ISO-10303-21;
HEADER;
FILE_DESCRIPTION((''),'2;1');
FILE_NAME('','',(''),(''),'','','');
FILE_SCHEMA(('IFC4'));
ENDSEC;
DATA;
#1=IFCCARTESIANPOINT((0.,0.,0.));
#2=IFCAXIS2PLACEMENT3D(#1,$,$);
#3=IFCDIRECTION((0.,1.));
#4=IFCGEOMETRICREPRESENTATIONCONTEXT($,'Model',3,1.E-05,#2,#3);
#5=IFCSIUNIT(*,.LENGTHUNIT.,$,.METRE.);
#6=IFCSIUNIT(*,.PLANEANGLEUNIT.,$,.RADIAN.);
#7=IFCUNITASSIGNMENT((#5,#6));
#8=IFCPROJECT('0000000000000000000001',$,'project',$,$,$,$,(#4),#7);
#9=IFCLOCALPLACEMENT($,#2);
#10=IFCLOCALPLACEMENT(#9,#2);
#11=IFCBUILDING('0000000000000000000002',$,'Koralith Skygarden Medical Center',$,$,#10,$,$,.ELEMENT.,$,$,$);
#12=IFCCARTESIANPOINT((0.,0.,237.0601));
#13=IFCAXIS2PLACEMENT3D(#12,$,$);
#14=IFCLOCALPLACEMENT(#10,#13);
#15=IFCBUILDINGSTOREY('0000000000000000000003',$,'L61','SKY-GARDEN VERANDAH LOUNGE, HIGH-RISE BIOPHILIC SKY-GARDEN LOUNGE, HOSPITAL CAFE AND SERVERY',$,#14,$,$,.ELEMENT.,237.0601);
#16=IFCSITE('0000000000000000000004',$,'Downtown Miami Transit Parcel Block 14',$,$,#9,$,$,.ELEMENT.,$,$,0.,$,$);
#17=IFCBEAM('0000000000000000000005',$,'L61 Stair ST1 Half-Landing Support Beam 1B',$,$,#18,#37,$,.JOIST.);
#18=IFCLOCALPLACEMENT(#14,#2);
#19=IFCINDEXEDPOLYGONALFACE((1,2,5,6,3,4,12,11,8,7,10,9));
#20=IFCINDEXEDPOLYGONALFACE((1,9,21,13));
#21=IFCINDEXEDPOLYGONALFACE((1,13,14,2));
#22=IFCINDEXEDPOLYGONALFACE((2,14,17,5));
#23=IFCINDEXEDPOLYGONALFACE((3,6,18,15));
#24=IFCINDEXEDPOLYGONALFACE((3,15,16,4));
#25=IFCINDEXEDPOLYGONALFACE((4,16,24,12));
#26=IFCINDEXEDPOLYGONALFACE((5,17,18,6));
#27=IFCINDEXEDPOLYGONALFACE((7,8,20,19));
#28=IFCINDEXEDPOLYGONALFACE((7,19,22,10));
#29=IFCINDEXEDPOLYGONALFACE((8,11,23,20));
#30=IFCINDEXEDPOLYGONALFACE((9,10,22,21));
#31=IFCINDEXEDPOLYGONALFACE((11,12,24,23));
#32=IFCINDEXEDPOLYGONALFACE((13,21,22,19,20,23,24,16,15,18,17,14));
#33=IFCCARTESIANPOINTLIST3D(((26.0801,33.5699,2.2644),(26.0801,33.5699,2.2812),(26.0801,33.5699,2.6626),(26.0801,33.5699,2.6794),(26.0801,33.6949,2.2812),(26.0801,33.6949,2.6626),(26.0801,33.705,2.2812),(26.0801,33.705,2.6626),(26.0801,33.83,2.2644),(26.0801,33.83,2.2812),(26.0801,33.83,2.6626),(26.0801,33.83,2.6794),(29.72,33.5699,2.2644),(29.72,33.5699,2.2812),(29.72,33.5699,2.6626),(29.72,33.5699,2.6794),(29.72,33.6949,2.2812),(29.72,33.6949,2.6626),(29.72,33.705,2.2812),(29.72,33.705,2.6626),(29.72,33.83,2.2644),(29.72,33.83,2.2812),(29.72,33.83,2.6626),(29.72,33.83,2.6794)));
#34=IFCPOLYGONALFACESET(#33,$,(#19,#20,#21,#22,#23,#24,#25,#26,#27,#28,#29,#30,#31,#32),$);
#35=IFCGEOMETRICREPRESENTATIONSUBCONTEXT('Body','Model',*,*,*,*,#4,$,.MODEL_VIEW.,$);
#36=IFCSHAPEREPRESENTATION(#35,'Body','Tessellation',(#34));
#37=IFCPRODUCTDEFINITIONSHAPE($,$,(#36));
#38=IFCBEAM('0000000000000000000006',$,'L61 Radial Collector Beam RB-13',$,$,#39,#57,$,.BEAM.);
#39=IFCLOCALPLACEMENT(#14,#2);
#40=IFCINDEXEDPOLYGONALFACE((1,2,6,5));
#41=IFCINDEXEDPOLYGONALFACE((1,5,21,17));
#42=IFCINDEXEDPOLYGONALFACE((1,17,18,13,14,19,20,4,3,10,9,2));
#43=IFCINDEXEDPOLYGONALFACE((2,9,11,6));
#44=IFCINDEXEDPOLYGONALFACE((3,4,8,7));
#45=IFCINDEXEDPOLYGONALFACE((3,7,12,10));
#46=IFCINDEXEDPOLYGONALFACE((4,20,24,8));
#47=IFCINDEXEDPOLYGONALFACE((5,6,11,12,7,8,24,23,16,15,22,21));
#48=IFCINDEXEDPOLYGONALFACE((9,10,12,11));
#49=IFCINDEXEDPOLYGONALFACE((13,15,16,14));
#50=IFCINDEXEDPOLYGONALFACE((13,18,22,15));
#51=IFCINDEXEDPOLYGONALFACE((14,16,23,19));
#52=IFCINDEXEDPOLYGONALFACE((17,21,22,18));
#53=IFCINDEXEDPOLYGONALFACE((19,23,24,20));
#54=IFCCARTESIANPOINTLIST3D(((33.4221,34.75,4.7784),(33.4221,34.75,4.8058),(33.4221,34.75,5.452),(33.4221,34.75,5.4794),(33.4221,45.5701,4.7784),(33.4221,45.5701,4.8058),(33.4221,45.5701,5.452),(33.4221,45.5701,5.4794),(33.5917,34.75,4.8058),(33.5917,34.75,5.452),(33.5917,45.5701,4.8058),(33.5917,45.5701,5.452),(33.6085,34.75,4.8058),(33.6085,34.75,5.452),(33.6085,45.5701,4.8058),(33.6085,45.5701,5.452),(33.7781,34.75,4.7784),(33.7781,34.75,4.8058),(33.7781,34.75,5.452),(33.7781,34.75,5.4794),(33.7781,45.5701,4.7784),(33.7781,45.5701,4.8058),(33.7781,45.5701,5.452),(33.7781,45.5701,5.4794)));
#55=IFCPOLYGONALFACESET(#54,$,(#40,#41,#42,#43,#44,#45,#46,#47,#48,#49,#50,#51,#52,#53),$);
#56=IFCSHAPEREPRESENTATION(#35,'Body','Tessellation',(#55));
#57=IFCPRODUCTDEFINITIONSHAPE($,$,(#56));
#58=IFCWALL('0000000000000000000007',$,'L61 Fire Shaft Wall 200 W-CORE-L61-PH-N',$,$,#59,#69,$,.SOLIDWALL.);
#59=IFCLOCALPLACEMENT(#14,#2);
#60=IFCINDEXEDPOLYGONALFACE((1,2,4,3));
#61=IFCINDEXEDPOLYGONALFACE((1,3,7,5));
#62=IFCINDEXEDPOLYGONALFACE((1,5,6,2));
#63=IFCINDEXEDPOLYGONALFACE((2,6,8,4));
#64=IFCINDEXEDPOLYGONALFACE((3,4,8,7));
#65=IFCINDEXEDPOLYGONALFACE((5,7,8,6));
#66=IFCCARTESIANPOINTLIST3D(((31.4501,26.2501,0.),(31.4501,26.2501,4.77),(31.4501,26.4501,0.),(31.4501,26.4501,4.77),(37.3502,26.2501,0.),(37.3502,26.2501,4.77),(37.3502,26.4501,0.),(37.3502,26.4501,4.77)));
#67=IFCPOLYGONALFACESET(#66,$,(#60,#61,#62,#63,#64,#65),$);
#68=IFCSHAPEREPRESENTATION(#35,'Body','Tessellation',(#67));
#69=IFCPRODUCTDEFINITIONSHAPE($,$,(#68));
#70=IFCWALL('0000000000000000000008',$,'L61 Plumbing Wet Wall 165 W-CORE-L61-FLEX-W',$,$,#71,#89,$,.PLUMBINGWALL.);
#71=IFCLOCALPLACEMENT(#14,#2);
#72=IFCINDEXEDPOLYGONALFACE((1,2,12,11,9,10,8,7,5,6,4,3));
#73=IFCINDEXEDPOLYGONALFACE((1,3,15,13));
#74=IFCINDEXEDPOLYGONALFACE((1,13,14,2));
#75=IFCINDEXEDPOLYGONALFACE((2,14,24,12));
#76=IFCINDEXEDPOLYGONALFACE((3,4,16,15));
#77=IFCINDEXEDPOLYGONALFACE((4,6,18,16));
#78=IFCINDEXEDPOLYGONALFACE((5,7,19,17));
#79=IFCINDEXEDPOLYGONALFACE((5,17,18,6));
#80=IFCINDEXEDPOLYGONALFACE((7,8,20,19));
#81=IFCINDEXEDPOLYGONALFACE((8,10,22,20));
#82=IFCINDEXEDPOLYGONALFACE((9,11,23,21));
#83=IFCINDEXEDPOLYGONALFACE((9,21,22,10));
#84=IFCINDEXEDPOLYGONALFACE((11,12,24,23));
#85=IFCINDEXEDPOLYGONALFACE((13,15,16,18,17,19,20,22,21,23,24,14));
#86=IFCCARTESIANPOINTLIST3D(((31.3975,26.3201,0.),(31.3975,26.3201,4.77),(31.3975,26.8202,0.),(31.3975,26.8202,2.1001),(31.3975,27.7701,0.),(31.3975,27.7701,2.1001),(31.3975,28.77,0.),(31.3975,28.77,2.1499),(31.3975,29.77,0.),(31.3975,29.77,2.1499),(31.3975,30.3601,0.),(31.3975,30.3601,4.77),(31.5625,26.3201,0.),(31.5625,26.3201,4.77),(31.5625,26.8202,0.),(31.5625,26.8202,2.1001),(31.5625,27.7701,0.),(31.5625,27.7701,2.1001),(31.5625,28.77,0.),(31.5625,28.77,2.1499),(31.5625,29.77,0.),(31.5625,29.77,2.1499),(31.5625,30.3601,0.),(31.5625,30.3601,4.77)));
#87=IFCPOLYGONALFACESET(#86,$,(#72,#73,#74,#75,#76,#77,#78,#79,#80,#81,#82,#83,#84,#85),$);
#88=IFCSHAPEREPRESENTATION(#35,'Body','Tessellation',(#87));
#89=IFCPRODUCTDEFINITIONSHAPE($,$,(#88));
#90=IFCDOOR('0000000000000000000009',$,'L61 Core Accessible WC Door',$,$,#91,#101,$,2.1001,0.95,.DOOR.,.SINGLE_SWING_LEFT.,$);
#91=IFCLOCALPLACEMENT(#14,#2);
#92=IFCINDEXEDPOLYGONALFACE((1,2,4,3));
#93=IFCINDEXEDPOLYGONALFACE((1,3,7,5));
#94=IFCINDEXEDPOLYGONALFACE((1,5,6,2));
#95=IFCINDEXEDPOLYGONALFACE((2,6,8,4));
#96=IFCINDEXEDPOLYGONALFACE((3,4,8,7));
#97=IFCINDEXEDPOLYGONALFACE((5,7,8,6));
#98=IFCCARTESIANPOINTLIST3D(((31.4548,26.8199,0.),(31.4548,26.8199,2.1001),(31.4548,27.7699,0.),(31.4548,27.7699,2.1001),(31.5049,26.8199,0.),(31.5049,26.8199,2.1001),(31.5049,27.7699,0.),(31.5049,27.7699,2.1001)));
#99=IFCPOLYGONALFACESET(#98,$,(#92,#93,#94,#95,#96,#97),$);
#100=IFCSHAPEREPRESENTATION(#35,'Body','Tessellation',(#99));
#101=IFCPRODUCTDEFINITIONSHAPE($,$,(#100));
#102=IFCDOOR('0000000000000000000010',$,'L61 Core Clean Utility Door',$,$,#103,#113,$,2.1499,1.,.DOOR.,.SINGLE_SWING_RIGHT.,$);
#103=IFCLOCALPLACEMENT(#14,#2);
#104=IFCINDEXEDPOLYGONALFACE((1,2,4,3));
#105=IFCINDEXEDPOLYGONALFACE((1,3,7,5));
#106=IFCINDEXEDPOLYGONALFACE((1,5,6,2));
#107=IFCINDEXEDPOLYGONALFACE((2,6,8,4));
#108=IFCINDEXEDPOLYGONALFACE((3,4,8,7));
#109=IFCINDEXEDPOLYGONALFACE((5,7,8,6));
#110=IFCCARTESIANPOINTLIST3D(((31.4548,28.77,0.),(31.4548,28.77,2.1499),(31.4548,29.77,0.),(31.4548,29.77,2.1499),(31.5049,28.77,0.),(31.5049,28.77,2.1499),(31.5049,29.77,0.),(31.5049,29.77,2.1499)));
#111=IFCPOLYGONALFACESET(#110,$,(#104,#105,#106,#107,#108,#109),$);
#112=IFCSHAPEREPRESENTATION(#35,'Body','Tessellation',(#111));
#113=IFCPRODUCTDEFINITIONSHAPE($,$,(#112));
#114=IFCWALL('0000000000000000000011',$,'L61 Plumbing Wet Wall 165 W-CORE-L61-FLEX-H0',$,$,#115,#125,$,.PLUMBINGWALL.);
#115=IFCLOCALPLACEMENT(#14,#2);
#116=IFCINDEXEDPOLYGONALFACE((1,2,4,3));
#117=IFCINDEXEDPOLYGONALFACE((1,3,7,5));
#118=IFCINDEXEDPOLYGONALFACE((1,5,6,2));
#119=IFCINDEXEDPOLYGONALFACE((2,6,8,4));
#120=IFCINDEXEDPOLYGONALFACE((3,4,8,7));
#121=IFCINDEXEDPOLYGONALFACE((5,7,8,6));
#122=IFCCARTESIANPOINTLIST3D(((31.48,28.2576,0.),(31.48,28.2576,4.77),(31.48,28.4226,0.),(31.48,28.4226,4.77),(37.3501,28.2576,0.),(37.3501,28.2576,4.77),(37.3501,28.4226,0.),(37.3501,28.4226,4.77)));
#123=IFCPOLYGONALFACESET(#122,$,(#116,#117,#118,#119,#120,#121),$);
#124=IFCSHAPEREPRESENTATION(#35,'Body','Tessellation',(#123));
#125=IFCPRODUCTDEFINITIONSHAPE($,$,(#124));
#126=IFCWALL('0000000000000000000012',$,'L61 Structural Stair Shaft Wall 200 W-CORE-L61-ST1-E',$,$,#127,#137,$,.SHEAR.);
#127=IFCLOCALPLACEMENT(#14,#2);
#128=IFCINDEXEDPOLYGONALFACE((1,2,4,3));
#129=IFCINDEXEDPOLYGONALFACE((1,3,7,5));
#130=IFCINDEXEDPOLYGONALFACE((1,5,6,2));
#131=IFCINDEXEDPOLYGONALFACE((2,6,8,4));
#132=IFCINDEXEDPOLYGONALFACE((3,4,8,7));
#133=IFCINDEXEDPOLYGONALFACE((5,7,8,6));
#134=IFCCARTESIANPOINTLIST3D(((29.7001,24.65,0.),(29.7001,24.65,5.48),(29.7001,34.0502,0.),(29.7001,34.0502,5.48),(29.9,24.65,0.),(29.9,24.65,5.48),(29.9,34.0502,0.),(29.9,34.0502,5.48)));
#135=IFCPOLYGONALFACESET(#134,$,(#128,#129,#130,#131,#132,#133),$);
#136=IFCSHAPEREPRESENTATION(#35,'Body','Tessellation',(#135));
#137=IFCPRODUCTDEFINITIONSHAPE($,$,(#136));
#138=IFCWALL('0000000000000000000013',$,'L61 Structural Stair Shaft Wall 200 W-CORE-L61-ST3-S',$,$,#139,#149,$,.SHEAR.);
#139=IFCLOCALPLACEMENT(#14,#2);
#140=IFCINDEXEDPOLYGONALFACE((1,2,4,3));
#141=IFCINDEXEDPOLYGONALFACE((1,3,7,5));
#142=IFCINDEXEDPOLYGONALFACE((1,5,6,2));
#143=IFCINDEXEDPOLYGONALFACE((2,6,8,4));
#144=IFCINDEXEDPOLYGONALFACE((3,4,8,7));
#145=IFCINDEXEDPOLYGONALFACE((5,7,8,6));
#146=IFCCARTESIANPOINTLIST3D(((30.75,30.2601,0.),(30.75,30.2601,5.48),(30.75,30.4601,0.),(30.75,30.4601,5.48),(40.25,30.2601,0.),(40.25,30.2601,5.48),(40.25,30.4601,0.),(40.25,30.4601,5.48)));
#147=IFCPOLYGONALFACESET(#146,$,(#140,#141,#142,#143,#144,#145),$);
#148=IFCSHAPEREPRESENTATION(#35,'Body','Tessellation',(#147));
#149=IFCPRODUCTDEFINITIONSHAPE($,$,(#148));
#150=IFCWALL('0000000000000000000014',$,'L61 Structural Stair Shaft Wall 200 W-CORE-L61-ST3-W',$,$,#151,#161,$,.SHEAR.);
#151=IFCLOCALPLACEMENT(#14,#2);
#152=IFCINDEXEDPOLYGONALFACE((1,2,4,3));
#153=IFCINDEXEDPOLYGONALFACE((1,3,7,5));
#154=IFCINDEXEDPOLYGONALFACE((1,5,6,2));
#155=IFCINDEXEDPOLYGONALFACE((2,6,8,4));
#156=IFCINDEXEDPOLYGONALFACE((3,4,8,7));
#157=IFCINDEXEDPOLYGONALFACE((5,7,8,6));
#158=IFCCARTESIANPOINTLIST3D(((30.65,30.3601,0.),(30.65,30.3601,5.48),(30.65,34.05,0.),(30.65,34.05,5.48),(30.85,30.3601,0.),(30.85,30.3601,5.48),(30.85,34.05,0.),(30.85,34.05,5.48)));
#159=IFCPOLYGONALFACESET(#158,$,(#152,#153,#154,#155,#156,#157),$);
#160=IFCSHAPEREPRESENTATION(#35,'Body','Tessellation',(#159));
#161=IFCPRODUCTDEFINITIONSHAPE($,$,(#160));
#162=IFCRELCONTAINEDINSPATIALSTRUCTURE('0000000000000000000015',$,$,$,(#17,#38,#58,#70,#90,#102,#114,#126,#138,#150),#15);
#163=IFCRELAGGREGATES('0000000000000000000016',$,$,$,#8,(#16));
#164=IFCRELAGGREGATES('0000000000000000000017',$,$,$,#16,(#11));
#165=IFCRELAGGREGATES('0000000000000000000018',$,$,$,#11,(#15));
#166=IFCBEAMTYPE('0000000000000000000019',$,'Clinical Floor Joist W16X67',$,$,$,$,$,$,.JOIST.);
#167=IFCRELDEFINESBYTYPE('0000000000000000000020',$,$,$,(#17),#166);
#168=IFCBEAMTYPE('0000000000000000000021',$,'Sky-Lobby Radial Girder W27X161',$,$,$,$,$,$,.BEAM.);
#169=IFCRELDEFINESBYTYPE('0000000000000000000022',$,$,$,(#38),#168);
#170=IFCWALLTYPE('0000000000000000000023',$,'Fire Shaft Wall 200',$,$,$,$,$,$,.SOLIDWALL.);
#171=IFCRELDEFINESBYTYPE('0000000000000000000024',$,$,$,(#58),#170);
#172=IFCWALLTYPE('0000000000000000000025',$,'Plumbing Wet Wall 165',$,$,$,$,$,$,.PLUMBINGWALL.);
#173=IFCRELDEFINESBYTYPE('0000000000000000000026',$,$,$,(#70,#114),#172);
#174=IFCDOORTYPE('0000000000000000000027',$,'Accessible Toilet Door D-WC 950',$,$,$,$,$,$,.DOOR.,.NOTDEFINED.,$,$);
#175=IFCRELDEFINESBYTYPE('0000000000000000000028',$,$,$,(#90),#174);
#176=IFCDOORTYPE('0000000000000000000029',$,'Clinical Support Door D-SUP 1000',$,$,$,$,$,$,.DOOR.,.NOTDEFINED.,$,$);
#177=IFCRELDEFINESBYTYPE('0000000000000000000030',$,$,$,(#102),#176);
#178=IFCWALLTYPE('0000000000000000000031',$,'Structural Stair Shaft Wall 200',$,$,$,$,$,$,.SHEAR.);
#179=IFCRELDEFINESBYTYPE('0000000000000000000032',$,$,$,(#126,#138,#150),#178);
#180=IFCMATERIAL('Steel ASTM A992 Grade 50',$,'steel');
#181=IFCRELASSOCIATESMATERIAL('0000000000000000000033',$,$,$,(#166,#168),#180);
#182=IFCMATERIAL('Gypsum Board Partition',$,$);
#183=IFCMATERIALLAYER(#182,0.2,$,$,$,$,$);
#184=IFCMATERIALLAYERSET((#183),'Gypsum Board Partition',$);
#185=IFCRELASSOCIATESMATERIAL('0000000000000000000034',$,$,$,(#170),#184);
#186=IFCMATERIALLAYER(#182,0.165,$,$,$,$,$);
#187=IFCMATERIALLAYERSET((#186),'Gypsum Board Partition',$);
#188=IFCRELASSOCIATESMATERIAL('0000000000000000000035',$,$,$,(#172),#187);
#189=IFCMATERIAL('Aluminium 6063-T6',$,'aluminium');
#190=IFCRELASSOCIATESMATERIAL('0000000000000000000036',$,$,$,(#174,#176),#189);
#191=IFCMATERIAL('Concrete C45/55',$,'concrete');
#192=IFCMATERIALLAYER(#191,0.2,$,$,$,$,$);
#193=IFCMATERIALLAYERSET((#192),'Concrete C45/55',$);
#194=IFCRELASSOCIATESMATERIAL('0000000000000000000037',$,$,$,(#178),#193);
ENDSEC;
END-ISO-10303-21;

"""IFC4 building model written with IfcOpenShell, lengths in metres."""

from ifc_helpers import new_model, si_unit, direction, frame, frame_2d, origin, origin_2d, place, context, subcontext, project, spatial, rectangle, i_section, extrude, material, layer, layer_set, material_profile, profile_set, type_object, element, fill, save


model = new_model("IFC4")

# Units and contexts
model_context = context("Model", 3, precision=1e-05, world=origin(), true_north=direction((0.0, 1.0)))
body_context = subcontext(model_context, "Body", "Model", "MODEL_VIEW")
ifc_project = project(units=[si_unit("LENGTHUNIT", "METRE"), si_unit("PLANEANGLEUNIT", "RADIAN")], contexts=[model_context])

# Site, building, storey
site_placement = place(None, origin())
site = spatial("IfcSite", under=ifc_project, at=site_placement, Name="Downtown Miami Transit Parcel Block 14", CompositionType="ELEMENT", RefElevation=0.0)
building_placement = place(site_placement, origin())
building = spatial("IfcBuilding", under=site, at=building_placement, Name="Koralith Skygarden Medical Center", CompositionType="ELEMENT")
storey_placement = place(building_placement, frame((0.0, 0.0, 237.0601)))
storey = spatial("IfcBuildingStorey", under=building, at=storey_placement, Name="L61", Description="SKY-GARDEN VERANDAH LOUNGE, HIGH-RISE BIOPHILIC SKY-GARDEN LOUNGE, HOSPITAL CAFE AND SERVERY", CompositionType="ELEMENT", Elevation=237.0601)

# Beams
ifc_material_1 = material(Name="Steel ASTM A992 Grade 50", Category="steel")
ifc_material_profile_1 = material_profile(ifc_material_1, i_section(OverallWidth=0.26, OverallDepth=0.415, WebThickness=0.01, FlangeThickness=0.0168, at=origin_2d()), Name="W16X67")
ifc_profile_set_1 = profile_set([ifc_material_profile_1], Name="Steel ASTM A992 Grade 50")
beam_type_1 = type_object("IfcBeamType", Name="Clinical Floor Joist W16X67", PredefinedType="JOIST", material=ifc_profile_set_1)
beam_1_placement = place(storey_placement, frame((26.0801, 33.7, 2.4719), z_axis=(1.0, 0.0, 0.0), x_axis=(0.0, 1.0, 0.0)))
element("IfcBeam", 1, at=beam_1_placement, inside=storey, type_object=beam_type_1, Name="L61 Stair ST1 Half-Landing Support Beam 1B", PredefinedType="JOIST", context=body_context, shape_type="SweptSolid", body=[
    extrude(i_section(OverallWidth=0.26, OverallDepth=0.415, WebThickness=0.01, FlangeThickness=0.0168, at=origin_2d()), origin(), (0.0, 0.0, 1.0), 3.6399),
])
ifc_material_profile_2 = material_profile(ifc_material_1, i_section(OverallWidth=0.356, OverallDepth=0.7009, WebThickness=0.0168, FlangeThickness=0.0273, at=origin_2d()), Name="W27X161")
ifc_profile_set_2 = profile_set([ifc_material_profile_2], Name="Steel ASTM A992 Grade 50")
beam_type_2 = type_object("IfcBeamType", Name="Sky-Lobby Radial Girder W27X161", PredefinedType="BEAM", material=ifc_profile_set_2)
beam_2_placement = place(storey_placement, frame((33.6001, 34.75, 5.1289), z_axis=(0.0, 1.0, 0.0), x_axis=(-1.0, 0.0, 0.0)))
element("IfcBeam", 2, at=beam_2_placement, inside=storey, type_object=beam_type_2, Name="L61 Radial Collector Beam RB-13", PredefinedType="BEAM", context=body_context, shape_type="SweptSolid", body=[
    extrude(i_section(OverallWidth=0.356, OverallDepth=0.7009, WebThickness=0.0168, FlangeThickness=0.0273, at=origin_2d()), origin(), (0.0, 0.0, 1.0), 10.8201),
])

# Wall
ifc_material_2 = material(Name="Gypsum Board Partition")
ifc_layer_1 = layer(ifc_material_2, 0.2)
ifc_layer_set_1 = layer_set([ifc_layer_1], Name="Gypsum Board Partition")
wall_type_1 = type_object("IfcWallType", Name="Fire Shaft Wall 200", PredefinedType="SOLIDWALL", material=ifc_layer_set_1)
wall_1_placement = place(storey_placement, frame((31.45, 26.3501, 0.0), z_axis=(0.0, 0.0, 1.0), x_axis=(1.0, 0.0, 0.0)))
element("IfcWall", 3, at=wall_1_placement, inside=storey, type_object=wall_type_1, Name="L61 Fire Shaft Wall 200 W-CORE-L61-PH-N", PredefinedType="SOLIDWALL", context=body_context, shape_type="SweptSolid", body=[
    extrude(rectangle(XDim=5.9001, YDim=0.2, at=frame_2d((2.9502, 0.0))), origin(), (0.0, 0.0, 1.0), 4.77),
])

# Wall, openings, doors
ifc_layer_2 = layer(ifc_material_2, 0.165)
ifc_layer_set_2 = layer_set([ifc_layer_2], Name="Gypsum Board Partition")
wall_type_2 = type_object("IfcWallType", Name="Plumbing Wet Wall 165", PredefinedType="PLUMBINGWALL", material=ifc_layer_set_2)
wall_2_placement = place(storey_placement, frame((31.48, 26.3201, 0.0), z_axis=(0.0, 0.0, 1.0), x_axis=(0.0, 1.0, 0.0)))
wall_2 = element("IfcWall", 4, at=wall_2_placement, inside=storey, type_object=wall_type_2, Name="L61 Plumbing Wet Wall 165 W-CORE-L61-FLEX-W", PredefinedType="PLUMBINGWALL", context=body_context, shape_type="SweptSolid", body=[
    extrude(rectangle(XDim=4.04, YDim=0.165, at=frame_2d((2.02, 0.0))), origin(), (0.0, 0.0, 1.0), 4.77),
])
opening_1_placement = place(wall_2_placement, frame((0.5, 0.0, 0.0)))
opening_1 = element("IfcOpeningElement", 5, at=opening_1_placement, cuts=wall_2, PredefinedType="OPENING", context=body_context, shape_type="SweptSolid", body=[
    extrude(rectangle(XDim=0.95, YDim=2.1001, at=frame_2d((0.4751, 1.05))), frame((0.0, 0.0925, 0.0), z_axis=(0.0, -1.0, 0.0), x_axis=(1.0, 0.0, 0.0)), (0.0, 0.0, 1.0), 0.1851),
])
opening_2_placement = place(wall_2_placement, frame((2.45, 0.0, 0.0)))
opening_2 = element("IfcOpeningElement", 6, at=opening_2_placement, cuts=wall_2, PredefinedType="OPENING", context=body_context, shape_type="SweptSolid", body=[
    extrude(rectangle(XDim=1.0, YDim=2.1499, at=frame_2d((0.5, 1.075))), frame((0.0, 0.0925, 0.0), z_axis=(0.0, -1.0, 0.0), x_axis=(1.0, 0.0, 0.0)), (0.0, 0.0, 1.0), 0.1851),
])
ifc_material_3 = material(Name="Aluminium 6063-T6", Category="aluminium")
door_type_1 = type_object("IfcDoorType", Name="Accessible Toilet Door D-WC 950", OperationType="NOTDEFINED", PredefinedType="DOOR", material=ifc_material_3)
door_1_placement = place(opening_1_placement, frame((0.95, 0.0, 0.0), z_axis=(0.0, 0.0, 1.0), x_axis=(-1.0, 0.0, 0.0)))
door_1 = element("IfcDoor", 7, at=door_1_placement, inside=storey, type_object=door_type_1, Name="L61 Core Accessible WC Door", OperationType="SINGLE_SWING_LEFT", OverallHeight=2.1001, OverallWidth=0.95, PredefinedType="DOOR", context=body_context, shape_type="SweptSolid", body=[
    extrude(rectangle(XDim=0.95, YDim=2.1001, at=frame_2d((0.4751, 1.05))), frame((0.0, 0.0249, 0.0), z_axis=(0.0, -1.0, 0.0), x_axis=(1.0, 0.0, 0.0)), (0.0, 0.0, 1.0), 0.05),
])
fill(opening_1, door_1)
door_type_2 = type_object("IfcDoorType", Name="Clinical Support Door D-SUP 1000", OperationType="NOTDEFINED", PredefinedType="DOOR", material=ifc_material_3)
door_2_placement = place(opening_2_placement, frame((1.0, 0.0, 0.0), z_axis=(0.0, 0.0, 1.0), x_axis=(-1.0, 0.0, 0.0)))
door_2 = element("IfcDoor", 8, at=door_2_placement, inside=storey, type_object=door_type_2, Name="L61 Core Clean Utility Door", OperationType="SINGLE_SWING_RIGHT", OverallHeight=2.1499, OverallWidth=1.0, PredefinedType="DOOR", context=body_context, shape_type="SweptSolid", body=[
    extrude(rectangle(XDim=1.0, YDim=2.1499, at=frame_2d((0.5, 1.075))), frame((0.0, 0.0249, 0.0), z_axis=(0.0, -1.0, 0.0), x_axis=(1.0, 0.0, 0.0)), (0.0, 0.0, 1.0), 0.05),
])
fill(opening_2, door_2)

# Walls
wall_3_placement = place(storey_placement, frame((31.48, 28.3401, 0.0), z_axis=(0.0, 0.0, 1.0), x_axis=(1.0, 0.0, 0.0)))
element("IfcWall", 9, at=wall_3_placement, inside=storey, type_object=wall_type_2, Name="L61 Plumbing Wet Wall 165 W-CORE-L61-FLEX-H0", PredefinedType="PLUMBINGWALL", context=body_context, shape_type="SweptSolid", body=[
    extrude(rectangle(XDim=5.8701, YDim=0.165, at=frame_2d((2.9351, 0.0))), origin(), (0.0, 0.0, 1.0), 4.77),
])
ifc_material_4 = material(Name="Concrete C45/55", Category="concrete")
ifc_layer_3 = layer(ifc_material_4, 0.2)
ifc_layer_set_3 = layer_set([ifc_layer_3], Name="Concrete C45/55")
wall_type_3 = type_object("IfcWallType", Name="Structural Stair Shaft Wall 200", PredefinedType="SHEAR", material=ifc_layer_set_3)
wall_4_placement = place(storey_placement, frame((29.8, 24.6499, 0.0), z_axis=(0.0, 0.0, 1.0), x_axis=(0.0, 1.0, 0.0)))
element("IfcWall", 10, at=wall_4_placement, inside=storey, type_object=wall_type_3, Name="L61 Structural Stair Shaft Wall 200 W-CORE-L61-ST1-E", PredefinedType="SHEAR", context=body_context, shape_type="SweptSolid", body=[
    extrude(rectangle(XDim=9.4001, YDim=0.2, at=frame_2d((4.7002, 0.0))), origin(), (0.0, 0.0, 1.0), 5.48),
])

# Walls
wall_5_placement = place(storey_placement, frame((30.75, 30.3601, 0.0), z_axis=(0.0, 0.0, 1.0), x_axis=(1.0, 0.0, 0.0)))
element("IfcWall", 11, at=wall_5_placement, inside=storey, type_object=wall_type_3, Name="L61 Structural Stair Shaft Wall 200 W-CORE-L61-ST3-S", PredefinedType="SHEAR", context=body_context, shape_type="SweptSolid", body=[
    extrude(rectangle(XDim=9.5, YDim=0.2, at=frame_2d((4.75, 0.0))), origin(), (0.0, 0.0, 1.0), 5.48),
])
wall_6_placement = place(storey_placement, frame((30.75, 30.3601, 0.0), z_axis=(0.0, 0.0, 1.0), x_axis=(0.0, 1.0, 0.0)))
element("IfcWall", 12, at=wall_6_placement, inside=storey, type_object=wall_type_3, Name="L61 Structural Stair Shaft Wall 200 W-CORE-L61-ST3-W", PredefinedType="SHEAR", context=body_context, shape_type="SweptSolid", body=[
    extrude(rectangle(XDim=3.6899, YDim=0.2, at=frame_2d((1.845, 0.0))), origin(), (0.0, 0.0, 1.0), 5.48),
])

save(model, "model.ifc")
